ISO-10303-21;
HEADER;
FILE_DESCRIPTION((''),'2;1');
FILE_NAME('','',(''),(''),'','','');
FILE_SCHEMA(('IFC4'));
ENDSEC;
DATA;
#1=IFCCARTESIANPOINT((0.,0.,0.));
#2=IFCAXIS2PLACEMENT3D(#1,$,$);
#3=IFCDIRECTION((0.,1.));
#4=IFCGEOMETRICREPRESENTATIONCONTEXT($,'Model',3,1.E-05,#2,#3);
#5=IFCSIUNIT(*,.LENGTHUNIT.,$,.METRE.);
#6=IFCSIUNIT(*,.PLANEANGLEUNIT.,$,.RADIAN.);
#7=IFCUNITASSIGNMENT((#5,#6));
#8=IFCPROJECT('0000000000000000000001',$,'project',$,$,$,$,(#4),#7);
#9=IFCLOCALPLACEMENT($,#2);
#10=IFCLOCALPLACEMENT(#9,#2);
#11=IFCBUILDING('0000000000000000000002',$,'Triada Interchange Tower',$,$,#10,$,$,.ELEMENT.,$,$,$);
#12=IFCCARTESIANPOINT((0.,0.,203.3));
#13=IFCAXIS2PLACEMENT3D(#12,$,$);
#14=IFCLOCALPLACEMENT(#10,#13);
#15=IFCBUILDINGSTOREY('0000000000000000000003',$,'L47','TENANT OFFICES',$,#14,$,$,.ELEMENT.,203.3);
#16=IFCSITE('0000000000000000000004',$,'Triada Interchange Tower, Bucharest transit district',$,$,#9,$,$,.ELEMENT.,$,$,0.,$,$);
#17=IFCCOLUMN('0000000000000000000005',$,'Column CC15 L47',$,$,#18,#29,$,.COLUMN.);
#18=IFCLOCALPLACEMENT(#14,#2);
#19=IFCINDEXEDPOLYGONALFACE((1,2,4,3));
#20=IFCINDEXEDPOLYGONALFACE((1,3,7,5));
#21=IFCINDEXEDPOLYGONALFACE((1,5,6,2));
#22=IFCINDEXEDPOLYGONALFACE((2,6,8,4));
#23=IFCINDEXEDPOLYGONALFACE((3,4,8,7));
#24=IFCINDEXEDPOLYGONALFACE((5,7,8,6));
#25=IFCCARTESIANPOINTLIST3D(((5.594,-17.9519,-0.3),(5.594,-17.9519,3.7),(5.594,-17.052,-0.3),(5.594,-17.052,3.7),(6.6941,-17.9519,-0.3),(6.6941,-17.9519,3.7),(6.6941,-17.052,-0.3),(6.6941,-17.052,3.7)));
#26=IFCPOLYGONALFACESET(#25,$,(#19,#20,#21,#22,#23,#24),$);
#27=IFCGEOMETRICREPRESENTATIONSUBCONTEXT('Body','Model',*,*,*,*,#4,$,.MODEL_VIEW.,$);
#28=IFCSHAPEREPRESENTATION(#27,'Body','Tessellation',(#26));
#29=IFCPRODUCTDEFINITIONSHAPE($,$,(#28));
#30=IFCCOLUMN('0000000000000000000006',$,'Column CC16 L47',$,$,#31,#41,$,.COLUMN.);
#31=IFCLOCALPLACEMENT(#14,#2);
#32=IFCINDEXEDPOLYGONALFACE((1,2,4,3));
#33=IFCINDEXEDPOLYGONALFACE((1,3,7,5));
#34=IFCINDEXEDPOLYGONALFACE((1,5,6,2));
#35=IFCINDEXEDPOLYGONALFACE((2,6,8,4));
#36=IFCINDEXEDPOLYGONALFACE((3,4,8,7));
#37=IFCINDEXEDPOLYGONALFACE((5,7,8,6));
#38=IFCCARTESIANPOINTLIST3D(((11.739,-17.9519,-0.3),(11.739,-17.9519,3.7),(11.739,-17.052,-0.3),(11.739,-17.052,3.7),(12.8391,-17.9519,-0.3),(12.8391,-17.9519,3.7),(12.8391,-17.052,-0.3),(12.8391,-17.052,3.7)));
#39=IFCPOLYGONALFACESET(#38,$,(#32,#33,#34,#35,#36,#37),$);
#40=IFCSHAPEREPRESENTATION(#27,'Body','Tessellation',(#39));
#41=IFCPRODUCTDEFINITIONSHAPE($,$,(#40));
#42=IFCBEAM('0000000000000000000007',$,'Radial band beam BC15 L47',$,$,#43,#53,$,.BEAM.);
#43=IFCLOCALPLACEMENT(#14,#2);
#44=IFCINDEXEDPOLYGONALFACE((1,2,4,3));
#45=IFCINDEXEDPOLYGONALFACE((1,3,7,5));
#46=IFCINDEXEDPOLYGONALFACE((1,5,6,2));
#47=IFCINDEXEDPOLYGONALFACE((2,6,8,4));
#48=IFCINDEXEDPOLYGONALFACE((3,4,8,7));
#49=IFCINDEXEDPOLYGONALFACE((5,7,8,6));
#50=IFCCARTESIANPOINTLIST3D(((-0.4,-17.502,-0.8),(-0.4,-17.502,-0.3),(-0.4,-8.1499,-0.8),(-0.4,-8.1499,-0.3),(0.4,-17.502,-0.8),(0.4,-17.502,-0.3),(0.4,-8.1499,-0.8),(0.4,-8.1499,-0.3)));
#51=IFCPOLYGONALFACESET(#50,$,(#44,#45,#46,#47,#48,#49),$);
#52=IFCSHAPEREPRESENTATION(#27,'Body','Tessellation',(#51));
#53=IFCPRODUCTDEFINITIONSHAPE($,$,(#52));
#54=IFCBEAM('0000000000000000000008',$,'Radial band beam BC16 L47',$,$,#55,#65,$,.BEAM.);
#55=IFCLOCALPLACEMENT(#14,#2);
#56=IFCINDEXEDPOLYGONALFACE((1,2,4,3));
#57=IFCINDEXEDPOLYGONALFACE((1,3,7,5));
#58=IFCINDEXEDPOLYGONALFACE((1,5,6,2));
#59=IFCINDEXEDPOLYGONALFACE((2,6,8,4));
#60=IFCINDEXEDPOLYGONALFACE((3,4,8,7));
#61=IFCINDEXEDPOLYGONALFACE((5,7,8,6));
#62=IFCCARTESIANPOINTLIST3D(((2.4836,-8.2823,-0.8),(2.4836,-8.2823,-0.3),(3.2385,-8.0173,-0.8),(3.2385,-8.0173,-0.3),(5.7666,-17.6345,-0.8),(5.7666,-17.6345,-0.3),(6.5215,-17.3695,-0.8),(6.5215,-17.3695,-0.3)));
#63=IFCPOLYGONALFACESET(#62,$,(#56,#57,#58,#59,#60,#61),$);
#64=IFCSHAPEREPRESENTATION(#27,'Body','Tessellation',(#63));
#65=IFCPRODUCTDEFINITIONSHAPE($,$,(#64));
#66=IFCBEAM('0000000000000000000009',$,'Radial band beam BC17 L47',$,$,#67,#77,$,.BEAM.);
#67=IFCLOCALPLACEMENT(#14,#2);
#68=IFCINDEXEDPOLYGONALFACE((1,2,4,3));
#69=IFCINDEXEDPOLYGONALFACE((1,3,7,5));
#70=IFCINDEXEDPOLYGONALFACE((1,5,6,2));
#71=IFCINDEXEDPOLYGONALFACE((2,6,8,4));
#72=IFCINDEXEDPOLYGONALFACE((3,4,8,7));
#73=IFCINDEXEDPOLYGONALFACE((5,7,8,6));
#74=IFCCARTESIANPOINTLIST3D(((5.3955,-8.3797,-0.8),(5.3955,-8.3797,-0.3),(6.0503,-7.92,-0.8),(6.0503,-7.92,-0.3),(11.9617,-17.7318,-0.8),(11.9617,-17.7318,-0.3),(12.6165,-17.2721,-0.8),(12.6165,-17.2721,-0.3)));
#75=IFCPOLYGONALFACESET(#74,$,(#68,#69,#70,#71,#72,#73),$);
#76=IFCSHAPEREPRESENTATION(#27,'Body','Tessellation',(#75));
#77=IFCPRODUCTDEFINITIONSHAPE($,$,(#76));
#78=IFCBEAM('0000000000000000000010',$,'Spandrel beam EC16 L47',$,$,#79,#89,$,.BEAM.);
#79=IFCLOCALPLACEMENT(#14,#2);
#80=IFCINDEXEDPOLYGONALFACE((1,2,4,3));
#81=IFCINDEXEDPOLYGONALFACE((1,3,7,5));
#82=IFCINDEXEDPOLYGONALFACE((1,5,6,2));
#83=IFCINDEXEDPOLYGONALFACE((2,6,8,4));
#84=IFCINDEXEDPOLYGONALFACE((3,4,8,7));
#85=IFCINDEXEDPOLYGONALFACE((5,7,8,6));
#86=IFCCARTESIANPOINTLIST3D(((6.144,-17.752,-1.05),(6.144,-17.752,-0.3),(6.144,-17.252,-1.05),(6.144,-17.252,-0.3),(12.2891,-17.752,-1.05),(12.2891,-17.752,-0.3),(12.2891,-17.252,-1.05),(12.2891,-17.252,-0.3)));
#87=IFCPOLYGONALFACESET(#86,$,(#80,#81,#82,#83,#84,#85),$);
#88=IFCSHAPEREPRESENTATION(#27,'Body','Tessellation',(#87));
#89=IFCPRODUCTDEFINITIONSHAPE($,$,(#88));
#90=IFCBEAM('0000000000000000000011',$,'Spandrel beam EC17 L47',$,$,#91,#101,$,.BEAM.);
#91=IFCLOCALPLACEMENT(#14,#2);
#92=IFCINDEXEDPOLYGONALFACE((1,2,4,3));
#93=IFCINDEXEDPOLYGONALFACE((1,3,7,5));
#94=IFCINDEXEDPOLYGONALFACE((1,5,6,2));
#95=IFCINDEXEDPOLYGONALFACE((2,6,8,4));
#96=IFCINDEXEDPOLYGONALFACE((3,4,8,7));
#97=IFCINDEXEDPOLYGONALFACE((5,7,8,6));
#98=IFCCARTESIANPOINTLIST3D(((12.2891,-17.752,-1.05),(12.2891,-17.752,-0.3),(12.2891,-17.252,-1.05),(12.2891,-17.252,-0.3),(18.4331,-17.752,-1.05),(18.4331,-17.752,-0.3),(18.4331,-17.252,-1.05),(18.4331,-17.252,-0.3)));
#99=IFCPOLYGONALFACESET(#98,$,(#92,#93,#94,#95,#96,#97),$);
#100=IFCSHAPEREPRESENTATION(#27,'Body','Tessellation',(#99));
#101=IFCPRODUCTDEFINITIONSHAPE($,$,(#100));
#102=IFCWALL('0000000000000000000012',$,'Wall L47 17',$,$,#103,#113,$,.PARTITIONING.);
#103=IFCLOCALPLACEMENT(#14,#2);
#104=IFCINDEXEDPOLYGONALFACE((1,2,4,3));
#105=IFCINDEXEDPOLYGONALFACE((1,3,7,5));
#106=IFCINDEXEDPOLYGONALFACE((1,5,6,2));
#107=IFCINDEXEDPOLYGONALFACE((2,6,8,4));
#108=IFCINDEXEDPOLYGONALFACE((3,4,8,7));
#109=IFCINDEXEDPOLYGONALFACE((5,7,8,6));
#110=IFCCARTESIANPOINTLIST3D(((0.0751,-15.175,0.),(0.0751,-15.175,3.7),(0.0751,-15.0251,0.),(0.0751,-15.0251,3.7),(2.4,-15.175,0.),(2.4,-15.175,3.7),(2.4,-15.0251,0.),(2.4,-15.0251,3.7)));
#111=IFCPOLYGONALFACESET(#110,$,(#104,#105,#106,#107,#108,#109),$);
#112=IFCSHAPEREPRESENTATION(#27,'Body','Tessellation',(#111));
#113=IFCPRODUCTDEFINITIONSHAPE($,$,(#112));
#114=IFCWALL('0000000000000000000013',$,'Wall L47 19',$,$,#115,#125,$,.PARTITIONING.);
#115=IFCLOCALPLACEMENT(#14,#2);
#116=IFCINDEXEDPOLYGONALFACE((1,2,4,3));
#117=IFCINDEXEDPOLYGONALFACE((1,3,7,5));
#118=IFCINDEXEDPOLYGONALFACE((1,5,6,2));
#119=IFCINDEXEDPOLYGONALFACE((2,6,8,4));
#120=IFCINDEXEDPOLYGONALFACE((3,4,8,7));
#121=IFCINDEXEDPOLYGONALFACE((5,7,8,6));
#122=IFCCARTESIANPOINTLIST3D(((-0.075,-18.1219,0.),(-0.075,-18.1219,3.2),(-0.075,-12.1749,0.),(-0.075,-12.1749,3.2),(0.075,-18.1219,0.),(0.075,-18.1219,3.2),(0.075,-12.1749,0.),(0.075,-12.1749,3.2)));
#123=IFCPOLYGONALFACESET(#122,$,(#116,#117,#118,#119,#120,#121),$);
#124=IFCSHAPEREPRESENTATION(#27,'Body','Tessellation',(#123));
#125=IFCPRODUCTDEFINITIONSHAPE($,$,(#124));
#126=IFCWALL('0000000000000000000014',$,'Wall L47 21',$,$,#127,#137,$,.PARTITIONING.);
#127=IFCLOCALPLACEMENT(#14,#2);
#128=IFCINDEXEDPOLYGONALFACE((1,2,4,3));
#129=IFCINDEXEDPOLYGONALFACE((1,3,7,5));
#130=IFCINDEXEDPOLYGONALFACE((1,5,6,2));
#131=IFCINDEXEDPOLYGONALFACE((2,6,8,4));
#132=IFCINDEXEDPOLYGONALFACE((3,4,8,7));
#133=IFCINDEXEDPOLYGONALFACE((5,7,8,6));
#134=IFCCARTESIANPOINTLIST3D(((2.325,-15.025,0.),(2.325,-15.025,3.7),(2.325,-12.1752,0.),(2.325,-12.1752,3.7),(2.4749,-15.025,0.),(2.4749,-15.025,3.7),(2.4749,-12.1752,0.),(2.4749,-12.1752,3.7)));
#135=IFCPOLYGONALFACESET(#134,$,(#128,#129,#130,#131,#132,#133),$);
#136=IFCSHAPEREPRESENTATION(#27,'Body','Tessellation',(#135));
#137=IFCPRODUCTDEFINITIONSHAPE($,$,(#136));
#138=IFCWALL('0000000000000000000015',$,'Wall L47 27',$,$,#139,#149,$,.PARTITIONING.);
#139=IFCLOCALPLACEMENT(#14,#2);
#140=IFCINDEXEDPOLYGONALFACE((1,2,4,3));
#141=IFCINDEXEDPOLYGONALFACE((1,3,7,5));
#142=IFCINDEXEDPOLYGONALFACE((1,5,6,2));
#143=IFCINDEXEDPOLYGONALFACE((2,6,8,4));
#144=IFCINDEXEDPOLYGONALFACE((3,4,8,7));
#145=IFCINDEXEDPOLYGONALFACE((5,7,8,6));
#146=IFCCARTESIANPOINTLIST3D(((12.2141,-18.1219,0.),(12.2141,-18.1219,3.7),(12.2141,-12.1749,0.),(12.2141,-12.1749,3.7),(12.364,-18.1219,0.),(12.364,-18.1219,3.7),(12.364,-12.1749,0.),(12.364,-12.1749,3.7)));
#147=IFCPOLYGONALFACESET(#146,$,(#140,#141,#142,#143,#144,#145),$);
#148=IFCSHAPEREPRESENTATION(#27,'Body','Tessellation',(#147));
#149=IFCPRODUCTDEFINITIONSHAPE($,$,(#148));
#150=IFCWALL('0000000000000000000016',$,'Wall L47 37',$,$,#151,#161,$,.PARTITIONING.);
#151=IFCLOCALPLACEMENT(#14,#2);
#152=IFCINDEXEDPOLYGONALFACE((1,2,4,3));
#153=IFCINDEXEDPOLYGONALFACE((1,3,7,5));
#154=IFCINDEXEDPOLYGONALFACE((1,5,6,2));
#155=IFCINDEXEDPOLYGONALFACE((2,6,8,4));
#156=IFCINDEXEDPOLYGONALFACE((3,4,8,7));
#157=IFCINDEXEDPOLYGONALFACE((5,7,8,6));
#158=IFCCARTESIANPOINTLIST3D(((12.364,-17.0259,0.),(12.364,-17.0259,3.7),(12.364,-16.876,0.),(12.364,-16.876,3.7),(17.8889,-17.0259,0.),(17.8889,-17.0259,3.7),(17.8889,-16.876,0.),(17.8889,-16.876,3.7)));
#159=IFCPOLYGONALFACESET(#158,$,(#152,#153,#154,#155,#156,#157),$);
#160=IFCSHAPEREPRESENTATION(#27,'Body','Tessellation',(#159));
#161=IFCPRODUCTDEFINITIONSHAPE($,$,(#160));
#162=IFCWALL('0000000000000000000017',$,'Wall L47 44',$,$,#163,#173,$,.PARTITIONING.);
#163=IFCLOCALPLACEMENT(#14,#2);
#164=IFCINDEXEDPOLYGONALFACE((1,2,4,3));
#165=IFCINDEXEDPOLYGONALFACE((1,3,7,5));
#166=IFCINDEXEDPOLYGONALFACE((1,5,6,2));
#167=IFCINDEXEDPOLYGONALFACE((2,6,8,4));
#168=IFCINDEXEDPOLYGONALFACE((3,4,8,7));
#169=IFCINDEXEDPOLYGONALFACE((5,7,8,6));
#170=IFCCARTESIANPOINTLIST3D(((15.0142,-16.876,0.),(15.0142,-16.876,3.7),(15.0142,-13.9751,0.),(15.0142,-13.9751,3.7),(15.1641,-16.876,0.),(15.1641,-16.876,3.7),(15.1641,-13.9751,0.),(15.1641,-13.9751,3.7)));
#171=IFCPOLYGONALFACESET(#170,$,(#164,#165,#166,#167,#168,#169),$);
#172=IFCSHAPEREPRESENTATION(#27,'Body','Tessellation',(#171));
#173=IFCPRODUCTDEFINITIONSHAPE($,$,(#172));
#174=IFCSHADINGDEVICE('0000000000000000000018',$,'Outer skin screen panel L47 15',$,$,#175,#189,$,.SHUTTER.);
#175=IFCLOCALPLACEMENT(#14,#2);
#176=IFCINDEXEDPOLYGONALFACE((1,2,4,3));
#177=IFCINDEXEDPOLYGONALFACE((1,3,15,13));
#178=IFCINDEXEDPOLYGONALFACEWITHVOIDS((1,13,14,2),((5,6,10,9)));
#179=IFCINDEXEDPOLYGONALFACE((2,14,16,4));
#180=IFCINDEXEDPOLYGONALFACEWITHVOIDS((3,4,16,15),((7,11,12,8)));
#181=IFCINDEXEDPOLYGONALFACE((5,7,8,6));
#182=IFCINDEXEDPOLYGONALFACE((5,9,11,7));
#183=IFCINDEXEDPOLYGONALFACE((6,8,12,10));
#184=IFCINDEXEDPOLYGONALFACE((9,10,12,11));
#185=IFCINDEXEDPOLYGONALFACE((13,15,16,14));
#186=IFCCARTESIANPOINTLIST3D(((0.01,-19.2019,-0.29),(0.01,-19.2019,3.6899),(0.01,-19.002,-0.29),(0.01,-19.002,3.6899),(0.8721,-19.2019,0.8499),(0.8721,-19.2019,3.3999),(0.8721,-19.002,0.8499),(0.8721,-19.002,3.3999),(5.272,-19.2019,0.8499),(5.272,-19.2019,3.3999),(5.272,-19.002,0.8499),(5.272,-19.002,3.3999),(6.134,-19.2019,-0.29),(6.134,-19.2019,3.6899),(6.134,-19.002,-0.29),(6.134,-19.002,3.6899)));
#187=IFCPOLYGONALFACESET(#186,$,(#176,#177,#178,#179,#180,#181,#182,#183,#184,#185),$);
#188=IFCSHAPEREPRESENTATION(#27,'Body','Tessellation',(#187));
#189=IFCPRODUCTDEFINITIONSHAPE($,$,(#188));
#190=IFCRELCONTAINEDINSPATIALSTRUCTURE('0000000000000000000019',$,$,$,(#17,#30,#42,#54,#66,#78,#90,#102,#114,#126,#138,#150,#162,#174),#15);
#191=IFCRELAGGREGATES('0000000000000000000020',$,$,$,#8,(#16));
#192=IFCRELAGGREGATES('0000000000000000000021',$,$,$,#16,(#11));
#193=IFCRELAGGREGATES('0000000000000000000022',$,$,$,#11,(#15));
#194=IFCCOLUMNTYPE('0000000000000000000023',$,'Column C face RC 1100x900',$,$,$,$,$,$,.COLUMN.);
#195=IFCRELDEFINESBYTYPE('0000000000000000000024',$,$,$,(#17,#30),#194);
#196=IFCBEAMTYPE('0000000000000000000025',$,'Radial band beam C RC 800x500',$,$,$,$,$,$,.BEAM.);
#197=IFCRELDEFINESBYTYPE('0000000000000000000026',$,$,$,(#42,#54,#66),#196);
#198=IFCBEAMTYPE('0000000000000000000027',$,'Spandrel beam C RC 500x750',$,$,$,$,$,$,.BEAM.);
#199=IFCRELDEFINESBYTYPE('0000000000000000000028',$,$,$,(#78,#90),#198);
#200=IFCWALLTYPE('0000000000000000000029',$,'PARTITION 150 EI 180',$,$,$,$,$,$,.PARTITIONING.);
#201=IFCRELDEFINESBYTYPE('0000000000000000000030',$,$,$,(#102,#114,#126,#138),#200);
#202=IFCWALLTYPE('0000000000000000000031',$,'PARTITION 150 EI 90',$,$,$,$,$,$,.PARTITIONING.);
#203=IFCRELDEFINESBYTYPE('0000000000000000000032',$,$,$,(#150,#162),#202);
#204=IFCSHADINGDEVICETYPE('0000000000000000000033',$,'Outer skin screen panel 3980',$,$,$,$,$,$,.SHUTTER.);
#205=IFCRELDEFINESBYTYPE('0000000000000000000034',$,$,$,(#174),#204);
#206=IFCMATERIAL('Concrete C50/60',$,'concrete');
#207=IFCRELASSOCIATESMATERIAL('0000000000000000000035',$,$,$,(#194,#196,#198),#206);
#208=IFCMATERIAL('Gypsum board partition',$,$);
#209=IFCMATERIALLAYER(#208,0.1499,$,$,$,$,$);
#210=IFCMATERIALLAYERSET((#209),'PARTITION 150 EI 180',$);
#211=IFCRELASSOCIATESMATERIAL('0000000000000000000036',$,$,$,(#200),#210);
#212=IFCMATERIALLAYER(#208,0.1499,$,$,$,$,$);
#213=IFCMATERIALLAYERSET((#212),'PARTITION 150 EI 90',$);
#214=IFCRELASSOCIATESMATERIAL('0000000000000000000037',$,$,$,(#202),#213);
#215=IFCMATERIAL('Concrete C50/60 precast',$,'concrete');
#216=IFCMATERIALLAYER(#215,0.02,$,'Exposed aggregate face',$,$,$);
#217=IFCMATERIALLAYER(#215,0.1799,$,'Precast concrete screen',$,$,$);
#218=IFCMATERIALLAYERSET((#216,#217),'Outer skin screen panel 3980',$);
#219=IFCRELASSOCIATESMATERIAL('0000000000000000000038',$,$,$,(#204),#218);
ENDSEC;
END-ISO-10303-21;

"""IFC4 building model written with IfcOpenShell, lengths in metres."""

from ifc_helpers import new_model, si_unit, direction, frame, frame_2d, origin, origin_2d, place, context, subcontext, project, spatial, polyline, rectangle, outline, extrude, material, layer, layer_set, material_profile, profile_set, type_object, element, save


model = new_model("IFC4")

# Units and contexts
model_context = context("Model", 3, precision=1e-05, world=origin(), true_north=direction((0.0, 1.0)))
body_context = subcontext(model_context, "Body", "Model", "MODEL_VIEW")
ifc_project = project(units=[si_unit("LENGTHUNIT", "METRE"), si_unit("PLANEANGLEUNIT", "RADIAN")], contexts=[model_context])

# Site, building, storey
site_placement = place(None, origin())
site = spatial("IfcSite", under=ifc_project, at=site_placement, Name="Triada Interchange Tower, Bucharest transit district", CompositionType="ELEMENT", RefElevation=0.0)
building_placement = place(site_placement, origin())
building = spatial("IfcBuilding", under=site, at=building_placement, Name="Triada Interchange Tower", CompositionType="ELEMENT")
storey_placement = place(building_placement, frame((0.0, 0.0, 203.3)))
storey = spatial("IfcBuildingStorey", under=building, at=storey_placement, Name="L47", Description="TENANT OFFICES", CompositionType="ELEMENT", Elevation=203.3)

# Columns
ifc_material_1 = material(Name="Concrete C50/60", Category="concrete")
ifc_material_profile_1 = material_profile(ifc_material_1, rectangle(XDim=1.1001, YDim=0.8999, at=origin_2d()), Name="RC 1100x900")
ifc_profile_set_1 = profile_set([ifc_material_profile_1], Name="Concrete C50/60")
column_type = type_object("IfcColumnType", Name="Column C face RC 1100x900", PredefinedType="COLUMN", material=ifc_profile_set_1)
for number, where, z_axis, x_axis, name in (
    (1, (6.144, -17.502, -0.3), (0.0, 0.0, 1.0), (1.0, 0.0, 0.0), "Column CC15 L47"),
    (2, (12.2891, -17.502, -0.3), (0.0, 0.0, 1.0), (1.0, 0.0, 0.0), "Column CC16 L47"),
):
    element("IfcColumn", number, at=place(storey_placement, frame(where, z_axis=z_axis, x_axis=x_axis)), inside=storey, type_object=column_type, Name=name, PredefinedType="COLUMN", context=body_context, shape_type="SweptSolid", body=[
        extrude(rectangle(XDim=1.1001, YDim=0.8999, at=origin_2d()), origin(), (0.0, 0.0, 1.0), 4.0),
    ])

# Beams
ifc_material_profile_2 = material_profile(ifc_material_1, rectangle(XDim=0.8, YDim=0.5, at=origin_2d()), Name="RC 800x500")
ifc_profile_set_2 = profile_set([ifc_material_profile_2], Name="Concrete C50/60")
beam_type_1 = type_object("IfcBeamType", Name="Radial band beam C RC 800x500", PredefinedType="BEAM", material=ifc_profile_set_2)
beam_1_placement = place(storey_placement, frame((0.0, -17.502, -0.55), z_axis=(0.0, 1.0, 0.0), x_axis=(-1.0, 0.0, 0.0)))
element("IfcBeam", 3, at=beam_1_placement, inside=storey, type_object=beam_type_1, Name="Radial band beam BC15 L47", PredefinedType="BEAM", context=body_context, shape_type="SweptSolid", body=[
    extrude(rectangle(XDim=0.8, YDim=0.5, at=origin_2d()), origin(), (0.0, 0.0, 1.0), 9.3521),
])
beam_2_placement = place(storey_placement, frame((6.144, -17.502, -0.55), z_axis=(-0.331226, 0.943552, 0.0), x_axis=(-0.943552, -0.331226, 0.0)))
element("IfcBeam", 4, at=beam_2_placement, inside=storey, type_object=beam_type_1, Name="Radial band beam BC16 L47", PredefinedType="BEAM", context=body_context, shape_type="SweptSolid", body=[
    extrude(rectangle(XDim=0.8, YDim=0.5, at=origin_2d()), origin(), (0.0, 0.0, 1.0), 9.9116),
])
beam_3_placement = place(storey_placement, frame((12.2891, -17.502, -0.55), z_axis=(-0.57462, 0.81842, 0.0), x_axis=(-0.81842, -0.57462, 0.0)))
element("IfcBeam", 5, at=beam_3_placement, inside=storey, type_object=beam_type_1, Name="Radial band beam BC17 L47", PredefinedType="BEAM", context=body_context, shape_type="SweptSolid", body=[
    extrude(rectangle(XDim=0.8, YDim=0.5, at=origin_2d()), origin(), (0.0, 0.0, 1.0), 11.427),
])
ifc_material_profile_3 = material_profile(ifc_material_1, rectangle(XDim=0.5, YDim=0.75, at=origin_2d()), Name="RC 500x750")
ifc_profile_set_3 = profile_set([ifc_material_profile_3], Name="Concrete C50/60")
beam_type_2 = type_object("IfcBeamType", Name="Spandrel beam C RC 500x750", PredefinedType="BEAM", material=ifc_profile_set_3)
beam_4_placement = place(storey_placement, frame((6.144, -17.502, -0.675), z_axis=(1.0, 0.0, 0.0), x_axis=(0.0, 1.0, 0.0)))
element("IfcBeam", 6, at=beam_4_placement, inside=storey, type_object=beam_type_2, Name="Spandrel beam EC16 L47", PredefinedType="BEAM", context=body_context, shape_type="SweptSolid", body=[
    extrude(rectangle(XDim=0.5, YDim=0.75, at=origin_2d()), origin(), (0.0, 0.0, 1.0), 6.145),
])
beam_5_placement = place(storey_placement, frame((12.2891, -17.502, -0.675), z_axis=(1.0, 0.0, 0.0), x_axis=(0.0, 1.0, 0.0)))
element("IfcBeam", 7, at=beam_5_placement, inside=storey, type_object=beam_type_2, Name="Spandrel beam EC17 L47", PredefinedType="BEAM", context=body_context, shape_type="SweptSolid", body=[
    extrude(rectangle(XDim=0.5, YDim=0.75, at=origin_2d()), origin(), (0.0, 0.0, 1.0), 6.144),
])

# Walls
ifc_material_2 = material(Name="Gypsum board partition")
ifc_layer_1 = layer(ifc_material_2, 0.1499)
ifc_layer_set_1 = layer_set([ifc_layer_1], Name="PARTITION 150 EI 180")
wall_type_1 = type_object("IfcWallType", Name="PARTITION 150 EI 180", PredefinedType="PARTITIONING", material=ifc_layer_set_1)
wall_1_placement = place(storey_placement, frame((0.075, -15.1001, 0.0), z_axis=(0.0, 0.0, 1.0), x_axis=(1.0, 0.0, 0.0)))
element("IfcWall", 8, at=wall_1_placement, inside=storey, type_object=wall_type_1, Name="Wall L47 17", PredefinedType="PARTITIONING", context=body_context, shape_type="SweptSolid", body=[
    extrude(rectangle(XDim=2.325, YDim=0.1499, at=frame_2d((1.1626, 0.0))), origin(), (0.0, 0.0, 1.0), 3.7),
])
wall_2_placement = place(storey_placement, frame((0.0, -18.1221, 0.0), z_axis=(0.0, 0.0, 1.0), x_axis=(0.0, 1.0, 0.0)))
element("IfcWall", 9, at=wall_2_placement, inside=storey, type_object=wall_type_1, Name="Wall L47 19", PredefinedType="PARTITIONING", context=body_context, shape_type="SweptSolid", body=[
    extrude(rectangle(XDim=5.947, YDim=0.1499, at=frame_2d((2.9736, 0.0))), origin(), (0.0, 0.0, 1.0), 3.2),
])
wall_3_placement = place(storey_placement, frame((2.3999, -15.0249, 0.0), z_axis=(0.0, 0.0, 1.0), x_axis=(0.0, 1.0, 0.0)))
element("IfcWall", 10, at=wall_3_placement, inside=storey, type_object=wall_type_1, Name="Wall L47 21", PredefinedType="PARTITIONING", context=body_context, shape_type="SweptSolid", body=[
    extrude(rectangle(XDim=2.8499, YDim=0.1499, at=frame_2d((1.4248, 0.0))), origin(), (0.0, 0.0, 1.0), 3.7),
])
wall_4_placement = place(storey_placement, frame((12.2891, -18.1221, 0.0), z_axis=(0.0, 0.0, 1.0), x_axis=(0.0, 1.0, 0.0)))
element("IfcWall", 11, at=wall_4_placement, inside=storey, type_object=wall_type_1, Name="Wall L47 27", PredefinedType="PARTITIONING", context=body_context, shape_type="SweptSolid", body=[
    extrude(rectangle(XDim=5.947, YDim=0.1499, at=frame_2d((2.9736, 0.0))), origin(), (0.0, 0.0, 1.0), 3.7),
])
ifc_layer_2 = layer(ifc_material_2, 0.1499)
ifc_layer_set_2 = layer_set([ifc_layer_2], Name="PARTITION 150 EI 90")
wall_type_2 = type_object("IfcWallType", Name="PARTITION 150 EI 90", PredefinedType="PARTITIONING", material=ifc_layer_set_2)
wall_5_placement = place(storey_placement, frame((12.364, -16.9509, 0.0), z_axis=(0.0, 0.0, 1.0), x_axis=(1.0, 0.0, 0.0)))
element("IfcWall", 12, at=wall_5_placement, inside=storey, type_object=wall_type_2, Name="Wall L47 37", PredefinedType="PARTITIONING", context=body_context, shape_type="SweptSolid", body=[
    extrude(rectangle(XDim=5.5249, YDim=0.1499, at=frame_2d((2.7625, 0.0))), origin(), (0.0, 0.0, 1.0), 3.7),
])
wall_6_placement = place(storey_placement, frame((15.0891, -16.876, 0.0), z_axis=(0.0, 0.0, 1.0), x_axis=(0.0, 1.0, 0.0)))
element("IfcWall", 13, at=wall_6_placement, inside=storey, type_object=wall_type_2, Name="Wall L47 44", PredefinedType="PARTITIONING", context=body_context, shape_type="SweptSolid", body=[
    extrude(rectangle(XDim=2.9009, YDim=0.1499, at=frame_2d((1.4504, 0.0))), origin(), (0.0, 0.0, 1.0), 3.7),
])

# Shading device
ifc_material_3 = material(Name="Concrete C50/60 precast", Category="concrete")
ifc_layer_3 = layer(ifc_material_3, 0.02, Name="Exposed aggregate face")
ifc_layer_4 = layer(ifc_material_3, 0.1799, Name="Precast concrete screen")
ifc_layer_set_3 = layer_set([ifc_layer_3, ifc_layer_4], Name="Outer skin screen panel 3980")
shading_device_type = type_object("IfcShadingDeviceType", Name="Outer skin screen panel 3980", PredefinedType="SHUTTER", material=ifc_layer_set_3)
shading_device_1_placement = place(storey_placement, frame((0.01, -19.002, -0.29), z_axis=(0.0, 0.0, 1.0), x_axis=(1.0, 0.0, 0.0)))
element("IfcShadingDevice", 14, at=shading_device_1_placement, inside=storey, type_object=shading_device_type, Name="Outer skin screen panel L47 15", PredefinedType="SHUTTER", context=body_context, shape_type="SweptSolid", body=[
    extrude(outline(polyline([(0.0, 0.0), (6.124, 0.0), (6.124, 3.98), (0.0, 3.98), (0.0, 0.0)]), holes=[polyline([(0.8621, 1.1399), (0.8621, 3.6899), (5.262, 3.6899), (5.262, 1.1399), (0.8621, 1.1399)])]), frame((0.0, 0.0, 0.0), z_axis=(0.0, -1.0, 0.0), x_axis=(1.0, 0.0, 0.0)), (0.0, 0.0, 1.0), 0.2),
])

save(model, "model.ifc")
